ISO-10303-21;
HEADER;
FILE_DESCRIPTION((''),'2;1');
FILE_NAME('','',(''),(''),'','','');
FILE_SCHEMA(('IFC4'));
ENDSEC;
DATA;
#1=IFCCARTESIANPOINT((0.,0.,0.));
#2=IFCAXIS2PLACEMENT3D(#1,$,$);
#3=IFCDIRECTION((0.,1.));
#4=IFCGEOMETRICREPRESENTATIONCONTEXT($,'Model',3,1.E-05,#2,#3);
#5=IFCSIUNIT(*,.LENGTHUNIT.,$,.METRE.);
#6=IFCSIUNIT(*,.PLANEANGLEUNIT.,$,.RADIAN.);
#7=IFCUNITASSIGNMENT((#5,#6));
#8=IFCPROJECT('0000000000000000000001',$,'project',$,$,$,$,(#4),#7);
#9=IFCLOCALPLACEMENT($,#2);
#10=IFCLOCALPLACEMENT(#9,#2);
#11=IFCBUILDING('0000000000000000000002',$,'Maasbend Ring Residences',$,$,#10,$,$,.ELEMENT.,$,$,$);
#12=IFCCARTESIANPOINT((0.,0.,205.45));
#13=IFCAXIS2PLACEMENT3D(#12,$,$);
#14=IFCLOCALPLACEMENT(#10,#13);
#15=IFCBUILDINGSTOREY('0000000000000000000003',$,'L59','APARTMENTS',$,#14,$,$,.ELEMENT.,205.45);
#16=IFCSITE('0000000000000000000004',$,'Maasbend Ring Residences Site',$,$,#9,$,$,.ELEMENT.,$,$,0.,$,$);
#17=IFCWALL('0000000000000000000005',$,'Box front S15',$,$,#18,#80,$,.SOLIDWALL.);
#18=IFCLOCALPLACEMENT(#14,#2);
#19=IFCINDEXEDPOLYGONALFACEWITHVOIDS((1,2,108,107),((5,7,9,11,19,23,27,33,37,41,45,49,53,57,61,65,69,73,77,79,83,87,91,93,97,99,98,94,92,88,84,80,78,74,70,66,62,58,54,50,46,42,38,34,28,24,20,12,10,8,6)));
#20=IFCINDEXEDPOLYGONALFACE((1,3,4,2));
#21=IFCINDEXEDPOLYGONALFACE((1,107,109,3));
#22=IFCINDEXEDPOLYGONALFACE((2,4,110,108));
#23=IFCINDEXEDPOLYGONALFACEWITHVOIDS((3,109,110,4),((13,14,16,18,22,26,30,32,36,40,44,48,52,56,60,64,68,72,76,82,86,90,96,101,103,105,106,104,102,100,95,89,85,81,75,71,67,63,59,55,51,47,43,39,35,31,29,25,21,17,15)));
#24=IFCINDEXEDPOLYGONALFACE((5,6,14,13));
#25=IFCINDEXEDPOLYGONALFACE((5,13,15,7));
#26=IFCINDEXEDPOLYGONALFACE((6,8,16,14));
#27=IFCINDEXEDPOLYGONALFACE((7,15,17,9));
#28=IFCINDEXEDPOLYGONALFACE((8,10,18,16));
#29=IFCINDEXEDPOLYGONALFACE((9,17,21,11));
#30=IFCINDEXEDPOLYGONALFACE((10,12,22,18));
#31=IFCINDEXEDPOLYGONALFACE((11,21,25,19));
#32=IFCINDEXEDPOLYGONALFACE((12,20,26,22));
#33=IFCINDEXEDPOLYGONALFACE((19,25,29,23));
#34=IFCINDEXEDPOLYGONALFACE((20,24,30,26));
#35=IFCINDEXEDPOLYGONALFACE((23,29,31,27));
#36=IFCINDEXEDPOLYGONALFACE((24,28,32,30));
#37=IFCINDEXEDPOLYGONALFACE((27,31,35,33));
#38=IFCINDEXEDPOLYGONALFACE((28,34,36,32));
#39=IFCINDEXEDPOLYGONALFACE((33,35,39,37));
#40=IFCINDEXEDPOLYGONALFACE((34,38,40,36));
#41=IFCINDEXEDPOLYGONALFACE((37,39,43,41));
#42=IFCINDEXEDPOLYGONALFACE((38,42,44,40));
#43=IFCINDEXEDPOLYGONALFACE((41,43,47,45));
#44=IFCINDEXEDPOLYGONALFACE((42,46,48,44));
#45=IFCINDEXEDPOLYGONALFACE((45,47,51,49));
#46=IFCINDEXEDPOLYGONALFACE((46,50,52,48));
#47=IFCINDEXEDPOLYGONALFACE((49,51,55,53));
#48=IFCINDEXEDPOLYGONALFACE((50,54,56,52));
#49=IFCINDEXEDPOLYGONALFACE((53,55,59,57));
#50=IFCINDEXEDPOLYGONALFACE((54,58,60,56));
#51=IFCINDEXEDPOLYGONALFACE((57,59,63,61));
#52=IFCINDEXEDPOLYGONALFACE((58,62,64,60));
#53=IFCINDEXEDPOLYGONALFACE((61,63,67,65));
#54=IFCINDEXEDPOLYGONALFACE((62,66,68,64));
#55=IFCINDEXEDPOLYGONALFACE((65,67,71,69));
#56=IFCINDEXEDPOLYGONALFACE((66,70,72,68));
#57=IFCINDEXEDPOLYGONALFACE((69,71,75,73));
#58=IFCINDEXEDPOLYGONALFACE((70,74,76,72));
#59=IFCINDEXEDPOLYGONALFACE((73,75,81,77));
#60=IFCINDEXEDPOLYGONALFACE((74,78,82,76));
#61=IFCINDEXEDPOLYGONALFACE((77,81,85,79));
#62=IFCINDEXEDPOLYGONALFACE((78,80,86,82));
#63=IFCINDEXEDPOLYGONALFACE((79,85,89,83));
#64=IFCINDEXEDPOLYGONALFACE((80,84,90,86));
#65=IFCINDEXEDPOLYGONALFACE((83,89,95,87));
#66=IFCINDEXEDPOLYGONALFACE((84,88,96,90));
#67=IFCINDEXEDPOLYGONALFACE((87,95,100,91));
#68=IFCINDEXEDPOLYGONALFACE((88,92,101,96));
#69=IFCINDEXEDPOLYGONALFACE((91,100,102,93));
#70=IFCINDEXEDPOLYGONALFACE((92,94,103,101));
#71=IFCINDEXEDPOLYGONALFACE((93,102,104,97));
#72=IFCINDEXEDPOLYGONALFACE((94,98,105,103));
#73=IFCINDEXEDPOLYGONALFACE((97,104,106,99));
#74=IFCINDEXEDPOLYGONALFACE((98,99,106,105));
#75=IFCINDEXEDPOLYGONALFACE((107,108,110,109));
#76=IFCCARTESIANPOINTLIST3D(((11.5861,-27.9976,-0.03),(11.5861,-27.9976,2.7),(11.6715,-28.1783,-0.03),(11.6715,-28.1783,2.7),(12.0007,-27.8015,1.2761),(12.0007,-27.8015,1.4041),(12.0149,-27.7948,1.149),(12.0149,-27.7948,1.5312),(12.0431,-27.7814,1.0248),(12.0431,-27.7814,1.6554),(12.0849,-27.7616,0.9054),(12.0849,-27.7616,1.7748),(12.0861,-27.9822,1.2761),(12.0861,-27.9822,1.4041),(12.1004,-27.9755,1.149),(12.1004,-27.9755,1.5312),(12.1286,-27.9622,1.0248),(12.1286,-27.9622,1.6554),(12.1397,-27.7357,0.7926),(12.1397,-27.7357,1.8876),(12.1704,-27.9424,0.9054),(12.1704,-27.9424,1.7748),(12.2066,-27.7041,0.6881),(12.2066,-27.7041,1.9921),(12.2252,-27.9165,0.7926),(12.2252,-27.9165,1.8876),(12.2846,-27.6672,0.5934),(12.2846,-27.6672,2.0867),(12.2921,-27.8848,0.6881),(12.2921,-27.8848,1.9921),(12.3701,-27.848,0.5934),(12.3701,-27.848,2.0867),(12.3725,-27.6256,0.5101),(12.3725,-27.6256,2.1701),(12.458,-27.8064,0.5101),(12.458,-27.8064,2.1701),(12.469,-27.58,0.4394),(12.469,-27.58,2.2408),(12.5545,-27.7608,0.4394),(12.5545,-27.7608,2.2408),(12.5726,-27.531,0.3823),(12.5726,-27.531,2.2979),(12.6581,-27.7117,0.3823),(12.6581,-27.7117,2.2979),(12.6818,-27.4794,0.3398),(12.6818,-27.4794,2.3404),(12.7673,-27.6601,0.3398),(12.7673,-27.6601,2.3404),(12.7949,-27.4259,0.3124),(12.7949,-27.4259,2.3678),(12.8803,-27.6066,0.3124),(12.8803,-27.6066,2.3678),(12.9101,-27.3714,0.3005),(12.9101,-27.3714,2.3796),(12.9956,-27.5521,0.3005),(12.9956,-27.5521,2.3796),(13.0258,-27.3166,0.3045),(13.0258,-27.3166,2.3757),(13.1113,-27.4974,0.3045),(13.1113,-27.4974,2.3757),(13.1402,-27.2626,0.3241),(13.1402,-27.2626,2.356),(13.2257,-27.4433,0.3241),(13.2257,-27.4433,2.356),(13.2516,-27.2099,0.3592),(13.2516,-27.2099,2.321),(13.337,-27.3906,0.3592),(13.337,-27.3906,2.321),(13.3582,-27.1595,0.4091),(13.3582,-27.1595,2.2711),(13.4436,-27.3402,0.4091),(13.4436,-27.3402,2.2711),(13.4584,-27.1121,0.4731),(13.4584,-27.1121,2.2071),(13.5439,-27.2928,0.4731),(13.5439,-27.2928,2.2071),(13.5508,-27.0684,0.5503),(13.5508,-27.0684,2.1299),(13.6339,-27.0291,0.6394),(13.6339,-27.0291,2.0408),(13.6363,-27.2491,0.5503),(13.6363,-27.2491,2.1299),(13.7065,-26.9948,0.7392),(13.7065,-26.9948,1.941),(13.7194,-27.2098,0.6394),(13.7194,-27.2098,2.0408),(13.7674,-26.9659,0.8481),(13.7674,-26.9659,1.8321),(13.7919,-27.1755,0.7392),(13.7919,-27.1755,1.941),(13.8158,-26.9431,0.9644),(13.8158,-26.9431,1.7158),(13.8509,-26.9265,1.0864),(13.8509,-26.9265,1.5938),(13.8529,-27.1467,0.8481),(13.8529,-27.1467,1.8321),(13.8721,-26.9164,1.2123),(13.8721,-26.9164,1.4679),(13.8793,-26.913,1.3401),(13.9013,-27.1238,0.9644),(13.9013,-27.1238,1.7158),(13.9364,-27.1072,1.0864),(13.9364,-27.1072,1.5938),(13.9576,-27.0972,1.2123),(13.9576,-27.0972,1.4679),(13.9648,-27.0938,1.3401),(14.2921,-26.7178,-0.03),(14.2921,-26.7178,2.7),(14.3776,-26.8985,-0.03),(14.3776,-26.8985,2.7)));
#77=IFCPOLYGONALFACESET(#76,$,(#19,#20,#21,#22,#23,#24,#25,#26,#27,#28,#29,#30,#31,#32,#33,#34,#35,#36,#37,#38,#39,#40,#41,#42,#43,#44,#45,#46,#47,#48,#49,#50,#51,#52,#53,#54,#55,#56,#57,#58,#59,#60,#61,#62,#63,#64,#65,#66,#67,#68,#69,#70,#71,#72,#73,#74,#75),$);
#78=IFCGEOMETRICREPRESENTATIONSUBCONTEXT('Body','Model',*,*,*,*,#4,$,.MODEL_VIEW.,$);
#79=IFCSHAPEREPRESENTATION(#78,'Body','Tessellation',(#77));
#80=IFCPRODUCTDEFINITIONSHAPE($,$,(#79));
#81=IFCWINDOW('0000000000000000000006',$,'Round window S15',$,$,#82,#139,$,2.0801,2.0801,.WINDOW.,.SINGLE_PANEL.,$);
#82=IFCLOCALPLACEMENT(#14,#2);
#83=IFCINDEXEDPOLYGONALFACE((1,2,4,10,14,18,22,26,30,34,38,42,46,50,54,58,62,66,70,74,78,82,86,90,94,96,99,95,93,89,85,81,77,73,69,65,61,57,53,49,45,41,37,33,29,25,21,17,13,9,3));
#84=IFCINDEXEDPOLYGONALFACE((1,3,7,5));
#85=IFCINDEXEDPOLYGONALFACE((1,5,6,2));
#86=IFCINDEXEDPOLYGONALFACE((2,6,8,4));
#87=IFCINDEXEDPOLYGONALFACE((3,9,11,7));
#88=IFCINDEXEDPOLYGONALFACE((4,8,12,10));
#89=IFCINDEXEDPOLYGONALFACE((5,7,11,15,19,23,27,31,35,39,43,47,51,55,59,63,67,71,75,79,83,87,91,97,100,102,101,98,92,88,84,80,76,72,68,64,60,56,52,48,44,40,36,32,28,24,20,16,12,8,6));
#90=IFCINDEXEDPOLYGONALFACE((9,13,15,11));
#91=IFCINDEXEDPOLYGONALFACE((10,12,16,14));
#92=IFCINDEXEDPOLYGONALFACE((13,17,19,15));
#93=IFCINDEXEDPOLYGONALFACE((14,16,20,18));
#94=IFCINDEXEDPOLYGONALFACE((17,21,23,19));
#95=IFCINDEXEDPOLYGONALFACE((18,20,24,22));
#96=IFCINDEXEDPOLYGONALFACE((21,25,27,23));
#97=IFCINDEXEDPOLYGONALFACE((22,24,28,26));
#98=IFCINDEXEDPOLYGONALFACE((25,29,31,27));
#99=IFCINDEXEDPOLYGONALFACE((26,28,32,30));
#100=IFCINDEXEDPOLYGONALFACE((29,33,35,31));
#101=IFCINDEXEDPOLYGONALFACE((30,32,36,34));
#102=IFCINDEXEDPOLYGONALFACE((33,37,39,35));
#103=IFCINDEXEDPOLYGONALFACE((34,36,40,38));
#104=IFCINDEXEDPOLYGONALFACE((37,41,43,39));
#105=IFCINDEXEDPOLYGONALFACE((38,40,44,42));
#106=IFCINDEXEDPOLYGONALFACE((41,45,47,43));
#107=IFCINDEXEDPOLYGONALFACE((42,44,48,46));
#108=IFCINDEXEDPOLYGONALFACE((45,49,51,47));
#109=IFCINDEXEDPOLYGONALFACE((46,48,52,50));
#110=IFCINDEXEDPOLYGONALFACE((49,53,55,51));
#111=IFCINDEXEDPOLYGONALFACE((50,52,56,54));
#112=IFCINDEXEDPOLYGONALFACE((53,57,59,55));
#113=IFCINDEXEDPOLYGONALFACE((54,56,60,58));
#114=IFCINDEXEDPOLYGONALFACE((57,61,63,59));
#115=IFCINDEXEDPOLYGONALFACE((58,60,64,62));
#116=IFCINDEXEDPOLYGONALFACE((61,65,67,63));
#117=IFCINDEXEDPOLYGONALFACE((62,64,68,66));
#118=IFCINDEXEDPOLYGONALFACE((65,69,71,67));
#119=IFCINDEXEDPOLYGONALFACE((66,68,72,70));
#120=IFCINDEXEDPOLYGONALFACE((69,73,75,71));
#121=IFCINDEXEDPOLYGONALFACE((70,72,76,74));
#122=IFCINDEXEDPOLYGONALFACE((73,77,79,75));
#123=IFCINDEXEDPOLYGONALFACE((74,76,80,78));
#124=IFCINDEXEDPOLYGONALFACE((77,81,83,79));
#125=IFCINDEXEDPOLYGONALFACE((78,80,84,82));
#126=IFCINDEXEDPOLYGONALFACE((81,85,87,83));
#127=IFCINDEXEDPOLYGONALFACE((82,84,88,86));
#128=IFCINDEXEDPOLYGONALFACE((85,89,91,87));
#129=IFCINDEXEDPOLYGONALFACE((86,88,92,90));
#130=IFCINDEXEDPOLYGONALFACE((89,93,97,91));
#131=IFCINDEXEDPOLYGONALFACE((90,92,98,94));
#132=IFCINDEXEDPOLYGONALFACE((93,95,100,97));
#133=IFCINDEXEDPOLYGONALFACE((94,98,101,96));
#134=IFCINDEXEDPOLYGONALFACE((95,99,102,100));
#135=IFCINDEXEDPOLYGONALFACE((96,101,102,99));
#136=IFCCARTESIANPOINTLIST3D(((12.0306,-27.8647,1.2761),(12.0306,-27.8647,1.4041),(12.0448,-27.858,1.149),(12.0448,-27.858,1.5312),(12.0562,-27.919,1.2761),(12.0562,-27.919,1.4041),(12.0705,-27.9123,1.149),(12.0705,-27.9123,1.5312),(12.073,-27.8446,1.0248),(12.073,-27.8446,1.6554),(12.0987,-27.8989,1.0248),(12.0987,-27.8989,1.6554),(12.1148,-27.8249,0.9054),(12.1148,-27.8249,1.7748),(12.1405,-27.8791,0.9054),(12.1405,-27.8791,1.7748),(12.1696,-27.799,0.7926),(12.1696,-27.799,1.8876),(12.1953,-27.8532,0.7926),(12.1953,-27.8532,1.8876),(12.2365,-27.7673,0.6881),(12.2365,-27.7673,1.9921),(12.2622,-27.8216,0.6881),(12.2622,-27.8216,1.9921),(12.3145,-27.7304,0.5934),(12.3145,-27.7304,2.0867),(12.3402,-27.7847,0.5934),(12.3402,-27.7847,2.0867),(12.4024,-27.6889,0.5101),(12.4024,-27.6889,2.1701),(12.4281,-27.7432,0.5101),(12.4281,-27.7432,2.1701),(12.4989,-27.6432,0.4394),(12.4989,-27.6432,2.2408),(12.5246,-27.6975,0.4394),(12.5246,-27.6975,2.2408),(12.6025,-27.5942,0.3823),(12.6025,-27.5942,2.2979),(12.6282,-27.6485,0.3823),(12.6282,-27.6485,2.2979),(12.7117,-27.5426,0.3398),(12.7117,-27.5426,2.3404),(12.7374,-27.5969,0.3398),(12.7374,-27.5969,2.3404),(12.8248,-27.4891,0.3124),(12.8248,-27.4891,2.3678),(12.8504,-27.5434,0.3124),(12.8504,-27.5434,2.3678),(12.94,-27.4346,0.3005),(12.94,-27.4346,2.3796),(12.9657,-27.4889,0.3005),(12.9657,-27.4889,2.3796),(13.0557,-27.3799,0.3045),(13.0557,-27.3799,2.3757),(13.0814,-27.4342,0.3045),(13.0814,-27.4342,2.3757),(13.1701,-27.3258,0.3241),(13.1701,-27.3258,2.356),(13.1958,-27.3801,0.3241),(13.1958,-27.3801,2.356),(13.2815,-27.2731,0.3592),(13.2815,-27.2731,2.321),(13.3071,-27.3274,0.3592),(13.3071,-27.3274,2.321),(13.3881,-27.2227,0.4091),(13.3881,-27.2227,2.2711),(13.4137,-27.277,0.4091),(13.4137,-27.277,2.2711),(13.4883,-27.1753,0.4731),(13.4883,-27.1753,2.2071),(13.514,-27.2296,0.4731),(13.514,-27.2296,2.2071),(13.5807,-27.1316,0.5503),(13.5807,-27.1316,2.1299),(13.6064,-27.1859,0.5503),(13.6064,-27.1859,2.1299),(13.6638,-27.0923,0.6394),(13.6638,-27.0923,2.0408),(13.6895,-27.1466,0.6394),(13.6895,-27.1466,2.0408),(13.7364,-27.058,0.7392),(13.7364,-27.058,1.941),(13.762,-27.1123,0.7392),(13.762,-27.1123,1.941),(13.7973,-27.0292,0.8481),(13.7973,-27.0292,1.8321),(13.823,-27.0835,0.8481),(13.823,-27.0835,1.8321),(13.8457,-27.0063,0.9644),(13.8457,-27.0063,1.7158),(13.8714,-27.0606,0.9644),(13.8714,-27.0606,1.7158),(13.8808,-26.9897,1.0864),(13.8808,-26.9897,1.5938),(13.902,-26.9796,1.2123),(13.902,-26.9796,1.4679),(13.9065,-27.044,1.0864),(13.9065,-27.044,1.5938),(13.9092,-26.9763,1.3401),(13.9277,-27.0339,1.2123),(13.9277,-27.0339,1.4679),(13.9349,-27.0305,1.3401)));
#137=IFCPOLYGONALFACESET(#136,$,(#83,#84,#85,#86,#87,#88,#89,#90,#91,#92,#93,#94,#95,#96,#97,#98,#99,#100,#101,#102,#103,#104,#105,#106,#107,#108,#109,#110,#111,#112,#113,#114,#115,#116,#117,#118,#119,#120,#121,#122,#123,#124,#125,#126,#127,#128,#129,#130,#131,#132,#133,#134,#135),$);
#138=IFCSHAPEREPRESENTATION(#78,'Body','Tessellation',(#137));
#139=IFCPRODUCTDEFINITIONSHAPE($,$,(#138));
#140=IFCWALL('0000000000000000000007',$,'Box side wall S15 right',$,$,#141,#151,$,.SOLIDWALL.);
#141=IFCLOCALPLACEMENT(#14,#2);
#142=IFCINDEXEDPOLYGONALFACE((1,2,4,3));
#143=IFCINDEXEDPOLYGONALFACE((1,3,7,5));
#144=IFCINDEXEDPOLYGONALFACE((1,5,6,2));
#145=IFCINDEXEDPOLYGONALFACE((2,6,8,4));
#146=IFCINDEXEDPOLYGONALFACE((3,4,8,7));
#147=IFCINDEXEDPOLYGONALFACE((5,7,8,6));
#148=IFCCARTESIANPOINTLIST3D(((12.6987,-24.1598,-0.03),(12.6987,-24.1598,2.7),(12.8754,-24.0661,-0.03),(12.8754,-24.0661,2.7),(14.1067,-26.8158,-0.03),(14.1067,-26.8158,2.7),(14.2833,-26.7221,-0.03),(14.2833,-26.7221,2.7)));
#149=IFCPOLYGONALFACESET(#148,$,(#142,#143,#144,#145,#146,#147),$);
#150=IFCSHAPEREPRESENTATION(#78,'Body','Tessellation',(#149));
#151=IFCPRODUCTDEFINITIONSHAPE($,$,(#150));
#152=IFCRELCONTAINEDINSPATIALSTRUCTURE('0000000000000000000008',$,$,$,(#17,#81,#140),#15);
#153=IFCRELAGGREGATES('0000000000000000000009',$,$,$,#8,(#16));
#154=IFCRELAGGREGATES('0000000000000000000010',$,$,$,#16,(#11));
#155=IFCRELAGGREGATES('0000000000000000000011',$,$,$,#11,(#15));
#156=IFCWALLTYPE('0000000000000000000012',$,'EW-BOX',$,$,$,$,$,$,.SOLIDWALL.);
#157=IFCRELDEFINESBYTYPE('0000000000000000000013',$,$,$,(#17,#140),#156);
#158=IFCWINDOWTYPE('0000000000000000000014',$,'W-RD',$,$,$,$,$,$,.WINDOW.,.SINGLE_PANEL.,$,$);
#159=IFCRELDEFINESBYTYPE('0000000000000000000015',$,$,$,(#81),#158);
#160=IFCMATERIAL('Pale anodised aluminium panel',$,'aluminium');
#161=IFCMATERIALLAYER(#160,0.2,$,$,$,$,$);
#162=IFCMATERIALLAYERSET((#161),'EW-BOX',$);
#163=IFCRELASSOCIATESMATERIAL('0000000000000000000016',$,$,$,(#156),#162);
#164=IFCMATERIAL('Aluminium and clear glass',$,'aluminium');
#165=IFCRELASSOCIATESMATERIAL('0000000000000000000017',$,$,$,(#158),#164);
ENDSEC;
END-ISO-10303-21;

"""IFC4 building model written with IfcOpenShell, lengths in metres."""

from ifc_helpers import new_model, si_unit, direction, frame, frame_2d, origin, place, context, subcontext, project, spatial, rectangle, circle, extrude, material, layer, layer_set, type_object, element, fill, save


model = new_model("IFC4")

# Units and contexts
model_context = context("Model", 3, precision=1e-05, world=origin(), true_north=direction((0.0, 1.0)))
body_context = subcontext(model_context, "Body", "Model", "MODEL_VIEW")
ifc_project = project(units=[si_unit("LENGTHUNIT", "METRE"), si_unit("PLANEANGLEUNIT", "RADIAN")], contexts=[model_context])

# Site, building, storey
site_placement = place(None, origin())
site = spatial("IfcSite", under=ifc_project, at=site_placement, Name="Maasbend Ring Residences Site", CompositionType="ELEMENT", RefElevation=0.0)
building_placement = place(site_placement, origin())
building = spatial("IfcBuilding", under=site, at=building_placement, Name="Maasbend Ring Residences", CompositionType="ELEMENT")
storey_placement = place(building_placement, frame((0.0, 0.0, 205.45)))
storey = spatial("IfcBuildingStorey", under=building, at=storey_placement, Name="L59", Description="APARTMENTS", CompositionType="ELEMENT", Elevation=205.45)

# Wall, opening, window
ifc_material_1 = material(Name="Pale anodised aluminium panel", Category="aluminium")
ifc_layer_1 = layer(ifc_material_1, 0.2)
ifc_layer_set_1 = layer_set([ifc_layer_1], Name="EW-BOX")
wall_type_1 = type_object("IfcWallType", Name="EW-BOX", PredefinedType="SOLIDWALL", material=ifc_layer_set_1)
wall_1_placement = place(storey_placement, frame((11.6289, -28.0879, -0.03), z_axis=(0.0, 0.0, 1.0), x_axis=(0.904, 0.427532, 0.0)))
wall_1 = element("IfcWall", 1, at=wall_1_placement, inside=storey, type_object=wall_type_1, Name="Box front S15", PredefinedType="SOLIDWALL", context=body_context, shape_type="SweptSolid", body=[
    extrude(rectangle(XDim=2.9934, YDim=0.2, at=frame_2d((1.4966, 0.0))), origin(), (0.0, 0.0, 1.0), 2.73),
])
opening_1_placement = place(wall_1_placement, frame((0.4565, 0.0, 0.3301)))
opening_1 = element("IfcOpeningElement", 2, at=opening_1_placement, cuts=wall_1, PredefinedType="OPENING", context=body_context, shape_type="SweptSolid", body=[
    extrude(circle(Radius=1.04, at=frame_2d((1.04, 1.04))), frame((0.0, 0.1099, 0.0), z_axis=(0.0, -1.0, 0.0), x_axis=(1.0, 0.0, 0.0)), (0.0, 0.0, 1.0), 0.22),
])
ifc_material_2 = material(Name="Aluminium and clear glass", Category="aluminium")
window_type_1 = type_object("IfcWindowType", Name="W-RD", PartitioningType="SINGLE_PANEL", PredefinedType="WINDOW", material=ifc_material_2)
window_1_placement = place(opening_1_placement, origin())
window_1 = element("IfcWindow", 3, at=window_1_placement, inside=storey, type_object=window_type_1, Name="Round window S15", OverallHeight=2.0801, OverallWidth=2.0801, PartitioningType="SINGLE_PANEL", PredefinedType="WINDOW", context=body_context, shape_type="SweptSolid", body=[
    extrude(circle(Radius=1.04, at=frame_2d((1.04, 1.04))), frame((0.0, 0.03, 0.0), z_axis=(0.0, -1.0, 0.0), x_axis=(1.0, 0.0, 0.0)), (0.0, 0.0, 1.0), 0.0601),
])
fill(opening_1, window_1)

# Wall
wall_2_placement = place(storey_placement, frame((12.7871, -24.113, -0.03), z_axis=(0.0, 0.0, 1.0), x_axis=(0.468365, -0.883535, 0.0)))
element("IfcWall", 4, at=wall_2_placement, inside=storey, type_object=wall_type_1, Name="Box side wall S15 right", PredefinedType="SOLIDWALL", context=body_context, shape_type="SweptSolid", body=[
    extrude(rectangle(XDim=3.0061, YDim=0.2, at=frame_2d((1.5029, 0.0))), origin(), (0.0, 0.0, 1.0), 2.73),
])

save(model, "model.ifc")
